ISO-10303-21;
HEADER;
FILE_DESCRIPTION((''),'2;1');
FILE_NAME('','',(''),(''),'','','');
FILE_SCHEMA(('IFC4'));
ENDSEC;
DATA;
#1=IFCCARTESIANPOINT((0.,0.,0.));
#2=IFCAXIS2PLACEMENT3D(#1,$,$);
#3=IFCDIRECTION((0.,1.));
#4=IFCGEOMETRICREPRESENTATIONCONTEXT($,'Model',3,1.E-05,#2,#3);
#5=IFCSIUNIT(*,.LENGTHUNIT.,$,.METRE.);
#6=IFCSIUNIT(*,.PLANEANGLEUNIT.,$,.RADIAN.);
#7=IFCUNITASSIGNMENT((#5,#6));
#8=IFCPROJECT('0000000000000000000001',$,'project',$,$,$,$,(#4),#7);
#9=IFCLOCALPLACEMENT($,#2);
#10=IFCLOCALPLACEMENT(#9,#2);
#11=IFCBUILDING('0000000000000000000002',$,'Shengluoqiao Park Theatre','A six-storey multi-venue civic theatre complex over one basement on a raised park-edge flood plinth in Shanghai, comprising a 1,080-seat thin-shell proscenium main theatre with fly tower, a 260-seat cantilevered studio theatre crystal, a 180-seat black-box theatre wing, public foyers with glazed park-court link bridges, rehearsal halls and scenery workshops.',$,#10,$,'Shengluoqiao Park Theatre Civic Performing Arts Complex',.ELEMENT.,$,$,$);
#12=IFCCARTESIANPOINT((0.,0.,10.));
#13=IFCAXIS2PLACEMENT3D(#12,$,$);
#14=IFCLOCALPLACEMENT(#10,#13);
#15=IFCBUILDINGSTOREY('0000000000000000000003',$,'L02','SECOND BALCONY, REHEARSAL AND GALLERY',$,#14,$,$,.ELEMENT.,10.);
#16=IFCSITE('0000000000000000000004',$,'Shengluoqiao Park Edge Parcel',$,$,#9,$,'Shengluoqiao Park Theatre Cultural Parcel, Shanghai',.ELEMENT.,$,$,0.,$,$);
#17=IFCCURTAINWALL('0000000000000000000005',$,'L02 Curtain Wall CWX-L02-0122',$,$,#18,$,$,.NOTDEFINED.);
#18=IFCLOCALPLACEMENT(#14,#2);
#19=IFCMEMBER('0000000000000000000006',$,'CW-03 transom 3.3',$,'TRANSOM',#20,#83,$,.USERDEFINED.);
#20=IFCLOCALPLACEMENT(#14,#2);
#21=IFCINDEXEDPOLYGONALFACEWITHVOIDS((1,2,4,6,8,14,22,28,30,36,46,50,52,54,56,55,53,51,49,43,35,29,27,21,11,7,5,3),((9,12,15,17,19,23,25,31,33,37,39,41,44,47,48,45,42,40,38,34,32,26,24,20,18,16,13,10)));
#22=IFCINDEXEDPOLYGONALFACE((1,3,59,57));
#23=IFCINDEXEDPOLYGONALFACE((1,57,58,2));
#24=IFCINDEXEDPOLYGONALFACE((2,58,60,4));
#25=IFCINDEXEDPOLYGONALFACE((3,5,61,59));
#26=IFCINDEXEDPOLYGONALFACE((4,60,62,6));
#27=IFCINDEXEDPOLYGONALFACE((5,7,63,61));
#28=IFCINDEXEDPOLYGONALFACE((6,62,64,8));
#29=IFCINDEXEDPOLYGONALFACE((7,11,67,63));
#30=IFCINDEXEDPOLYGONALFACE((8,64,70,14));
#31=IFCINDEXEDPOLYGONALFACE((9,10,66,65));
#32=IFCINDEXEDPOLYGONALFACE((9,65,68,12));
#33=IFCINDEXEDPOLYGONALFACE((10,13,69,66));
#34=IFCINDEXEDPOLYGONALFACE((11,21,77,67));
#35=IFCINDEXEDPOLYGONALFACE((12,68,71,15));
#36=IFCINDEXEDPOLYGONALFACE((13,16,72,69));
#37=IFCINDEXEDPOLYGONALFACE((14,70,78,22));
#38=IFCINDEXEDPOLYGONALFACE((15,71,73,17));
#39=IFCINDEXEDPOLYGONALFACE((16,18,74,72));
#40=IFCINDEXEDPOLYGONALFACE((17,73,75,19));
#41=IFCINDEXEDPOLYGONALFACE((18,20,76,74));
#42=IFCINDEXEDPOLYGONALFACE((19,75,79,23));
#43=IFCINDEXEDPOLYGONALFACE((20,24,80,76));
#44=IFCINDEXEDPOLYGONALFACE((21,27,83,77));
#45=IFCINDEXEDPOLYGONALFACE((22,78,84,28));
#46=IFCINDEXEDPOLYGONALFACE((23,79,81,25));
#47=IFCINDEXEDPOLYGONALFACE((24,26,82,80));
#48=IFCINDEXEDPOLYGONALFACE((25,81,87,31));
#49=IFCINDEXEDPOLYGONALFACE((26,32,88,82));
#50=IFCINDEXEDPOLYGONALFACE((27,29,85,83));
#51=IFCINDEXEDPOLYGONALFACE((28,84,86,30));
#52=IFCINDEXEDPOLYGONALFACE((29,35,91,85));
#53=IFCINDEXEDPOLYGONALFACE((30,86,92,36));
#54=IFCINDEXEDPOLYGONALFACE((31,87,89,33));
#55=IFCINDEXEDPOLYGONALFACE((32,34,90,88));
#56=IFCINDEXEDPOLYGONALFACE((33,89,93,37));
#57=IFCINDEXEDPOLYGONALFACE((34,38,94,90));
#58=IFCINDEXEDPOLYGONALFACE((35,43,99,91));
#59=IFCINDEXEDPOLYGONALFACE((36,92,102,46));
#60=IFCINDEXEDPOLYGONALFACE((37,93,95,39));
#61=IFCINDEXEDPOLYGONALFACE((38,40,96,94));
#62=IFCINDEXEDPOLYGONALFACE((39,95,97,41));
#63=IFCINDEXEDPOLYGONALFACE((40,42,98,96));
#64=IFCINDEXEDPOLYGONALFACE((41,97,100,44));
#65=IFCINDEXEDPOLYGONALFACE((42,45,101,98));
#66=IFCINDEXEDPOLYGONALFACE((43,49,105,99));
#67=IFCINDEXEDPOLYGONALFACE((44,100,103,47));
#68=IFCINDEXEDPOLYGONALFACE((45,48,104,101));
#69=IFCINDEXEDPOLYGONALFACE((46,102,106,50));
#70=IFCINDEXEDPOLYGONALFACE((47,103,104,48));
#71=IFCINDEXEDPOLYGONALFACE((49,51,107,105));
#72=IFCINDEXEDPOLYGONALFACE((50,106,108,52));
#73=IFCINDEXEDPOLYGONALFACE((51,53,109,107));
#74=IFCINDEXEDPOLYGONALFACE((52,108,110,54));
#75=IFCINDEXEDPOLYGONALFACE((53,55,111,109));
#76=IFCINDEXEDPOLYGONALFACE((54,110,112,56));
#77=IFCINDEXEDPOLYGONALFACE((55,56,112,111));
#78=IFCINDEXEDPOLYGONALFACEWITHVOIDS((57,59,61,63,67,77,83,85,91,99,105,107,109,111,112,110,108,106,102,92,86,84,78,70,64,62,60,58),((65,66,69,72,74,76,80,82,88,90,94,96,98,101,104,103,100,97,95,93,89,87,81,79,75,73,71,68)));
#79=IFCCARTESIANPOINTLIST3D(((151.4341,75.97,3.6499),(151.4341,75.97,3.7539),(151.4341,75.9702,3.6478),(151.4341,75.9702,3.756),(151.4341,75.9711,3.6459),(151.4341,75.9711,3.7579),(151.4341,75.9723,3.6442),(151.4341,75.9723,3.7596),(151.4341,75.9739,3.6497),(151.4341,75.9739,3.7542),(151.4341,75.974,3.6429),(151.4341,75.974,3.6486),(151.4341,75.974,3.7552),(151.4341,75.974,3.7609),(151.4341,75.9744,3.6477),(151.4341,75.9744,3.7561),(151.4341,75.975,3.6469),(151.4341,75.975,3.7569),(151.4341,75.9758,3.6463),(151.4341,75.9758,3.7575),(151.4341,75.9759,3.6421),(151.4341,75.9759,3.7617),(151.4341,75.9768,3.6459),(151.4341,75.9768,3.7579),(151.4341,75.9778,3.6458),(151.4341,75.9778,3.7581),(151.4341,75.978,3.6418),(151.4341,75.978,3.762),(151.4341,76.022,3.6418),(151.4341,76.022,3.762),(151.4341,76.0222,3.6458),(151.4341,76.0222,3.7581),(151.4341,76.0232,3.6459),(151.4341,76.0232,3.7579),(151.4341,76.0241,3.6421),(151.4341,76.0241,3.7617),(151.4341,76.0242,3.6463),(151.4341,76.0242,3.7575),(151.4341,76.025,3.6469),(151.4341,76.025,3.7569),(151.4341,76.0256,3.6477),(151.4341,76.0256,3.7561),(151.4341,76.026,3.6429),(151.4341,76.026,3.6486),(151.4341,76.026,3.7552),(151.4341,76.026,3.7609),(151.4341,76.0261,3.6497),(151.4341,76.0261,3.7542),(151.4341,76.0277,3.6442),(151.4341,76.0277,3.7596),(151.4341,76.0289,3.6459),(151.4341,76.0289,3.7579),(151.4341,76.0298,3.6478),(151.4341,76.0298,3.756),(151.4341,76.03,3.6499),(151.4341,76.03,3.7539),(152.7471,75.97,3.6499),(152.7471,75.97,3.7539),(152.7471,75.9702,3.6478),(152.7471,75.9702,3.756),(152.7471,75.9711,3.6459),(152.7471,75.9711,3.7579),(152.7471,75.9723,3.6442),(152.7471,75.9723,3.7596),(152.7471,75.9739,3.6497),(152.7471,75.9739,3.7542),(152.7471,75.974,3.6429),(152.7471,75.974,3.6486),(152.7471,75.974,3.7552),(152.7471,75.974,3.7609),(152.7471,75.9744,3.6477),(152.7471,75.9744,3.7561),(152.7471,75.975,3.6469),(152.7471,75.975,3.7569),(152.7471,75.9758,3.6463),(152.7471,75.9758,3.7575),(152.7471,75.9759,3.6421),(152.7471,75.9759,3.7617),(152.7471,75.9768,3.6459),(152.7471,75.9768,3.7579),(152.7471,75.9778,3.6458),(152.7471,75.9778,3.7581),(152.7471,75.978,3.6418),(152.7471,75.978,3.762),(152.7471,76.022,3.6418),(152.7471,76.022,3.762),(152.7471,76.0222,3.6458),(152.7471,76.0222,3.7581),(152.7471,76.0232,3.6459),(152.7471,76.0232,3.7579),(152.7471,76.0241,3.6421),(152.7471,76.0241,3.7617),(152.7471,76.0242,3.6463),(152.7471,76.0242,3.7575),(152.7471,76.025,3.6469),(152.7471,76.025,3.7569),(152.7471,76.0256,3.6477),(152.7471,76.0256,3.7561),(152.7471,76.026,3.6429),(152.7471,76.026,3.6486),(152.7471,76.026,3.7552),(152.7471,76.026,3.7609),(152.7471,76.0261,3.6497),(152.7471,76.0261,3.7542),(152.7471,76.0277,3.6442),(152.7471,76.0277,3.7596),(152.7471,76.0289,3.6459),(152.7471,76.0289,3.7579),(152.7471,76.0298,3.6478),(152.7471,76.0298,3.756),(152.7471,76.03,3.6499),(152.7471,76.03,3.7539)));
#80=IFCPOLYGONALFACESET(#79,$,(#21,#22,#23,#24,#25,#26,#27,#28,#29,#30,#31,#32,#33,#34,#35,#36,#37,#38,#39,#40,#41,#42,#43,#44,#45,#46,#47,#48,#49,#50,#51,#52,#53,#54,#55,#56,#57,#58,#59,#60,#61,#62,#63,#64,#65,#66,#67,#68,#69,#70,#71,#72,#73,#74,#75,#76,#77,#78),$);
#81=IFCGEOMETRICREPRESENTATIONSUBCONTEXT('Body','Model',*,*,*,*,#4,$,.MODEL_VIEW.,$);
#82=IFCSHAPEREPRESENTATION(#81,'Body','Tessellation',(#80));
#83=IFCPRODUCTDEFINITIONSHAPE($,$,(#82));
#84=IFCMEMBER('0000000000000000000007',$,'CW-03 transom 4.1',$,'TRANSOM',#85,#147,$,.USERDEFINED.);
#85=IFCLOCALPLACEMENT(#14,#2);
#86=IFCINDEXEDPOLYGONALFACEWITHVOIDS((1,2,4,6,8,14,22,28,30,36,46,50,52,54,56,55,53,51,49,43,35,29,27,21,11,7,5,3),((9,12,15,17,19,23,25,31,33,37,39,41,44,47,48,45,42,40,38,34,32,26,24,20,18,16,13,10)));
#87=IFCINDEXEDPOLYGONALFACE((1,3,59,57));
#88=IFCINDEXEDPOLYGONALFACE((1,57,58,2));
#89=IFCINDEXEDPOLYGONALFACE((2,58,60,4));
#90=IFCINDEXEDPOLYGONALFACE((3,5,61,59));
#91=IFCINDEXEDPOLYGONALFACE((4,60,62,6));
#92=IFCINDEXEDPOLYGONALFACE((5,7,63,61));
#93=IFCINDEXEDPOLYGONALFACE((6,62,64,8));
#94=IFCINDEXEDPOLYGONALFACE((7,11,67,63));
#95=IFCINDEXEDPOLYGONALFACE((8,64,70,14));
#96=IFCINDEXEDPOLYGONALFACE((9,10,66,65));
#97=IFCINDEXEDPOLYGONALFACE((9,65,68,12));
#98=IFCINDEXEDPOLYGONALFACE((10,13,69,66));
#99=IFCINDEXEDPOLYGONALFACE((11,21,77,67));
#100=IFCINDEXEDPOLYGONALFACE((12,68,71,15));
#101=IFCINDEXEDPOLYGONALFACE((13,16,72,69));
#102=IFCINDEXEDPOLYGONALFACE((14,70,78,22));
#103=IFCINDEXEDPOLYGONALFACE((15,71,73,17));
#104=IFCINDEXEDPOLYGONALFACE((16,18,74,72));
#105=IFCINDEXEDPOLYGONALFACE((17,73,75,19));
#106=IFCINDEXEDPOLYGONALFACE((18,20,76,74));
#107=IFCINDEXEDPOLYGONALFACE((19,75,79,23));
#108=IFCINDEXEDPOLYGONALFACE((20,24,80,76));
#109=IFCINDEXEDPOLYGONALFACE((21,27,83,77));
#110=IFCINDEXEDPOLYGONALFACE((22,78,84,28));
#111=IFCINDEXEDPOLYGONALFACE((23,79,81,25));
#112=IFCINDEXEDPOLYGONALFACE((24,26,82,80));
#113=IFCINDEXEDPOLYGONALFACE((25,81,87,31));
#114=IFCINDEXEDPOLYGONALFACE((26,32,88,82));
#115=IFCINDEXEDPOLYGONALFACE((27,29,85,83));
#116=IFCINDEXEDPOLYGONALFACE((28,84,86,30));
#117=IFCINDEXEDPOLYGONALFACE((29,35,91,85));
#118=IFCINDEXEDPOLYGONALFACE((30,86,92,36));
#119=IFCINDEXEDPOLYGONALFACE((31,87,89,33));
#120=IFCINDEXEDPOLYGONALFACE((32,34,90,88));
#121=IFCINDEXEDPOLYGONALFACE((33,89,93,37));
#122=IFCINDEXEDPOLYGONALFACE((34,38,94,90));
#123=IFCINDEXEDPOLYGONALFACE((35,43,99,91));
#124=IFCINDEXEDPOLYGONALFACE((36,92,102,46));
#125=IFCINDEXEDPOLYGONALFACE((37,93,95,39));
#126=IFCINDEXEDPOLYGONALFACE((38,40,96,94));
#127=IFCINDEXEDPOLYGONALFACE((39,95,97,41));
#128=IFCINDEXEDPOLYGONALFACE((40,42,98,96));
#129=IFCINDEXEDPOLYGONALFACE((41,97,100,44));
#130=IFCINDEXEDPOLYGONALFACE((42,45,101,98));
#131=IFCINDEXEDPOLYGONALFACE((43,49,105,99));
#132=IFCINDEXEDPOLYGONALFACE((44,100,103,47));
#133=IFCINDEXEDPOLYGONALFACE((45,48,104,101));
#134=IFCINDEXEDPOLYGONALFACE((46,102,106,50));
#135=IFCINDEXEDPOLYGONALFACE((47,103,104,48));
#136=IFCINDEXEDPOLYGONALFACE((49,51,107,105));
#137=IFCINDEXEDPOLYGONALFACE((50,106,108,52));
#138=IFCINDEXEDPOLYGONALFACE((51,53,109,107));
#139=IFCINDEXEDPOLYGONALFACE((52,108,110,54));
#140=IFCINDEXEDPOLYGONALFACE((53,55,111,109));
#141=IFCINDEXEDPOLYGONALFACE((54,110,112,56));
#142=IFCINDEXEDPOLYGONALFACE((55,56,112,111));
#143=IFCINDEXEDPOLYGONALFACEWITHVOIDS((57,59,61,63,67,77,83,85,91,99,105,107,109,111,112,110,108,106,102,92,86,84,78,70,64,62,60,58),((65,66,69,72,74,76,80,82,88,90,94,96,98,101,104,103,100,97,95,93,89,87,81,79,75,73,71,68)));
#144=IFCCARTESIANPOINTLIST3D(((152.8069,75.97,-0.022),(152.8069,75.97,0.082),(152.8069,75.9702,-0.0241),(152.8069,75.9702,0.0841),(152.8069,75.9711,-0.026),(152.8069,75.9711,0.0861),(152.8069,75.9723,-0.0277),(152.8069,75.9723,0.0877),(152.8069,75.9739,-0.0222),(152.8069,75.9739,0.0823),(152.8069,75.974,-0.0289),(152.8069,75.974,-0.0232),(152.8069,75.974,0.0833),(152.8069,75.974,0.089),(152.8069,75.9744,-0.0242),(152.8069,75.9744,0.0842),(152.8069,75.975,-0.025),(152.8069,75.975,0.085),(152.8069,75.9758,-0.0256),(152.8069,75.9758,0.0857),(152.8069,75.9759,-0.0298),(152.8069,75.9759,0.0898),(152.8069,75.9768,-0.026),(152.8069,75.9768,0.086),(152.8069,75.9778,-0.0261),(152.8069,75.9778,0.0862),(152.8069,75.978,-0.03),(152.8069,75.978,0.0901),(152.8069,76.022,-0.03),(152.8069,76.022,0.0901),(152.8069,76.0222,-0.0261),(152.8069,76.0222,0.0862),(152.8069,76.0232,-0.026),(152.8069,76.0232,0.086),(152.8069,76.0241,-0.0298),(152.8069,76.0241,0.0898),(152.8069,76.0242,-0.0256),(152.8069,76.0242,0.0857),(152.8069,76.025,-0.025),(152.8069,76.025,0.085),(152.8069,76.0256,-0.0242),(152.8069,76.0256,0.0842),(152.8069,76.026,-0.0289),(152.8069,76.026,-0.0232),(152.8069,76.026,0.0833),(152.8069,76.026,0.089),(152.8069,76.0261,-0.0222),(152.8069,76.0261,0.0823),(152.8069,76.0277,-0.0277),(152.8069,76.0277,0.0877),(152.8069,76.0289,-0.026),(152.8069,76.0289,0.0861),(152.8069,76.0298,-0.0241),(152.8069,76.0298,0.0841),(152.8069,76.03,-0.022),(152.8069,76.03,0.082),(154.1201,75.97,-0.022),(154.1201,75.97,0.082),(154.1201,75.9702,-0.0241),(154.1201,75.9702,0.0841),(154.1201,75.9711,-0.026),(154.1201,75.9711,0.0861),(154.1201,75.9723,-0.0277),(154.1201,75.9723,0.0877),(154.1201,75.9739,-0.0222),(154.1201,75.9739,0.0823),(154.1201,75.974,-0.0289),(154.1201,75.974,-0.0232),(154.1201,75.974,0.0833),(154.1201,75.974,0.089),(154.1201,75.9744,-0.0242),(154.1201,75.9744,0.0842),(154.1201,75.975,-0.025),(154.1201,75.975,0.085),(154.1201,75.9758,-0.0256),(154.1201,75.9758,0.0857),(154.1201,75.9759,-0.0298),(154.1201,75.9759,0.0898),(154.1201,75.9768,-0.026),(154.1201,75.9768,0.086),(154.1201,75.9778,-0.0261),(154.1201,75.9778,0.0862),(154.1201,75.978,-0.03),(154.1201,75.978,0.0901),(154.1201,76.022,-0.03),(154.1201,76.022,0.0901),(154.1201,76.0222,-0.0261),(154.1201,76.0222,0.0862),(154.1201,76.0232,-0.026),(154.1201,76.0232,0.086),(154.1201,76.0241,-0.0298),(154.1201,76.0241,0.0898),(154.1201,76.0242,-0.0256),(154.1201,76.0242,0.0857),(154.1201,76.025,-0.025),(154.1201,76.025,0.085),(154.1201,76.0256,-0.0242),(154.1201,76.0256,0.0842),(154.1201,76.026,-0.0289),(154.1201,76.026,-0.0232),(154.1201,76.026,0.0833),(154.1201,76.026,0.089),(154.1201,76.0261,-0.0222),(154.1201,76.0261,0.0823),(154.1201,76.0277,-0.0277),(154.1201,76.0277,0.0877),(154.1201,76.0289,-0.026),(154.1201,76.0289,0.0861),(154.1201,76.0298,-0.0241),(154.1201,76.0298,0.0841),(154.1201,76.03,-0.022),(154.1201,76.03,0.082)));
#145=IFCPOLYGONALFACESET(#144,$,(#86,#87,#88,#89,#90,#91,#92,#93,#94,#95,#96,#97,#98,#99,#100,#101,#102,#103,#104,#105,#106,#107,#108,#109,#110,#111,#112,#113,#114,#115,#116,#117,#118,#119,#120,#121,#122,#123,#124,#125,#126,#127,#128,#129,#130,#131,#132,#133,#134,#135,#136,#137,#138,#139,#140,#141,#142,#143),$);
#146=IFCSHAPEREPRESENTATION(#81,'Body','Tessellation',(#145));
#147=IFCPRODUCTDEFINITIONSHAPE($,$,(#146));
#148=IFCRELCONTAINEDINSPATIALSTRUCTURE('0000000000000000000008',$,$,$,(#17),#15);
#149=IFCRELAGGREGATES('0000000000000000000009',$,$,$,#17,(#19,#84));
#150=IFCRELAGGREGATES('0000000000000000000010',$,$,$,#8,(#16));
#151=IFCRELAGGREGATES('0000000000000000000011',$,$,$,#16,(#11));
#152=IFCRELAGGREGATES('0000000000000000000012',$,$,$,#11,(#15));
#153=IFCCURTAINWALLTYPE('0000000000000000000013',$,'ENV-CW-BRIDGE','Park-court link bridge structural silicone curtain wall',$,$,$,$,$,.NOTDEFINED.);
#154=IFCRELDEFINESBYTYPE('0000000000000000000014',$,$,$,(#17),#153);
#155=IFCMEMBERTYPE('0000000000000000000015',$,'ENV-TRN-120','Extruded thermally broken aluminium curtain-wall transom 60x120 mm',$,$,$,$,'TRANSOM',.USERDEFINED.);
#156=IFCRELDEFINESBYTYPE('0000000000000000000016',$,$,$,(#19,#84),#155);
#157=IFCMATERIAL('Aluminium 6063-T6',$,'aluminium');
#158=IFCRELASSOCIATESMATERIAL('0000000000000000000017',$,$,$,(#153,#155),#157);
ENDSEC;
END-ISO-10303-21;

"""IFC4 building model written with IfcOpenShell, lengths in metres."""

from ifc_helpers import new_model, si_unit, direction, frame, origin, origin_2d, place, context, subcontext, project, spatial, hollow_rectangle, extrude, material, material_profile, profile_set, type_object, element, aggregate, save


model = new_model("IFC4")

# Units and contexts
model_context = context("Model", 3, precision=1e-05, world=origin(), true_north=direction((0.0, 1.0)))
body_context = subcontext(model_context, "Body", "Model", "MODEL_VIEW")
ifc_project = project(units=[si_unit("LENGTHUNIT", "METRE"), si_unit("PLANEANGLEUNIT", "RADIAN")], contexts=[model_context])

# Site, building, storey
site_placement = place(None, origin())
site = spatial("IfcSite", under=ifc_project, at=site_placement, Name="Shengluoqiao Park Edge Parcel", LongName="Shengluoqiao Park Theatre Cultural Parcel, Shanghai", CompositionType="ELEMENT", RefElevation=0.0)
building_placement = place(site_placement, origin())
building = spatial("IfcBuilding", under=site, at=building_placement, Name="Shengluoqiao Park Theatre", Description="A six-storey multi-venue civic theatre complex over one basement on a raised park-edge flood plinth in Shanghai, comprising a 1,080-seat thin-shell proscenium main theatre with fly tower, a 260-seat cantilevered studio theatre crystal, a 180-seat black-box theatre wing, public foyers with glazed park-court link bridges, rehearsal halls and scenery workshops.", LongName="Shengluoqiao Park Theatre Civic Performing Arts Complex", CompositionType="ELEMENT")
storey_placement = place(building_placement, frame((0.0, 0.0, 10.0)))
storey = spatial("IfcBuildingStorey", under=building, at=storey_placement, Name="L02", Description="SECOND BALCONY, REHEARSAL AND GALLERY", CompositionType="ELEMENT", Elevation=10.0)

# Curtain wall, members
ifc_material_1 = material(Name="Aluminium 6063-T6", Category="aluminium")
curtain_wall_type = type_object("IfcCurtainWallType", Name="ENV-CW-BRIDGE", Description="Park-court link bridge structural silicone curtain wall", PredefinedType="NOTDEFINED", material=ifc_material_1)
curtain_wall_placement = place(storey_placement, origin())
curtain_wall = element("IfcCurtainWall", 1, at=curtain_wall_placement, inside=storey, type_object=curtain_wall_type, Name="L02 Curtain Wall CWX-L02-0122", PredefinedType="NOTDEFINED")
ifc_material_profile_1 = material_profile(ifc_material_1, hollow_rectangle(XDim=0.0601, YDim=0.1201, WallThickness=0.0039, InnerFilletRadius=0.0039, OuterFilletRadius=0.0081, at=origin_2d()), Name="ALU TRANSOM 120x60x4")
ifc_profile_set_1 = profile_set([ifc_material_profile_1], Name="Aluminium 6063-T6")
member_type_1 = type_object("IfcMemberType", Name="ENV-TRN-120", Description="Extruded thermally broken aluminium curtain-wall transom 60x120 mm", ElementType="TRANSOM", PredefinedType="USERDEFINED", material=ifc_profile_set_1)
member_1_placement = place(storey_placement, frame((151.4341, 76.0, 3.7019), z_axis=(1.0, 0.0, 0.0), x_axis=(0.0, 1.0, 0.0)))
member_1 = element("IfcMember", 2, at=member_1_placement, type_object=member_type_1, Name="CW-03 transom 3.3", ObjectType="TRANSOM", PredefinedType="USERDEFINED", context=body_context, shape_type="SweptSolid", body=[
    extrude(hollow_rectangle(XDim=0.0601, YDim=0.1201, WallThickness=0.0039, InnerFilletRadius=0.0039, OuterFilletRadius=0.0081, at=origin_2d()), origin(), (0.0, 0.0, 1.0), 1.313),
])
member_2_placement = place(storey_placement, frame((152.8069, 76.0, 0.03), z_axis=(1.0, 0.0, 0.0), x_axis=(0.0, 1.0, 0.0)))
member_2 = element("IfcMember", 3, at=member_2_placement, type_object=member_type_1, Name="CW-03 transom 4.1", ObjectType="TRANSOM", PredefinedType="USERDEFINED", context=body_context, shape_type="SweptSolid", body=[
    extrude(hollow_rectangle(XDim=0.0601, YDim=0.1201, WallThickness=0.0039, InnerFilletRadius=0.0039, OuterFilletRadius=0.0081, at=origin_2d()), origin(), (0.0, 0.0, 1.0), 1.3132),
])
aggregate(curtain_wall, [member_1, member_2])

save(model, "model.ifc")
